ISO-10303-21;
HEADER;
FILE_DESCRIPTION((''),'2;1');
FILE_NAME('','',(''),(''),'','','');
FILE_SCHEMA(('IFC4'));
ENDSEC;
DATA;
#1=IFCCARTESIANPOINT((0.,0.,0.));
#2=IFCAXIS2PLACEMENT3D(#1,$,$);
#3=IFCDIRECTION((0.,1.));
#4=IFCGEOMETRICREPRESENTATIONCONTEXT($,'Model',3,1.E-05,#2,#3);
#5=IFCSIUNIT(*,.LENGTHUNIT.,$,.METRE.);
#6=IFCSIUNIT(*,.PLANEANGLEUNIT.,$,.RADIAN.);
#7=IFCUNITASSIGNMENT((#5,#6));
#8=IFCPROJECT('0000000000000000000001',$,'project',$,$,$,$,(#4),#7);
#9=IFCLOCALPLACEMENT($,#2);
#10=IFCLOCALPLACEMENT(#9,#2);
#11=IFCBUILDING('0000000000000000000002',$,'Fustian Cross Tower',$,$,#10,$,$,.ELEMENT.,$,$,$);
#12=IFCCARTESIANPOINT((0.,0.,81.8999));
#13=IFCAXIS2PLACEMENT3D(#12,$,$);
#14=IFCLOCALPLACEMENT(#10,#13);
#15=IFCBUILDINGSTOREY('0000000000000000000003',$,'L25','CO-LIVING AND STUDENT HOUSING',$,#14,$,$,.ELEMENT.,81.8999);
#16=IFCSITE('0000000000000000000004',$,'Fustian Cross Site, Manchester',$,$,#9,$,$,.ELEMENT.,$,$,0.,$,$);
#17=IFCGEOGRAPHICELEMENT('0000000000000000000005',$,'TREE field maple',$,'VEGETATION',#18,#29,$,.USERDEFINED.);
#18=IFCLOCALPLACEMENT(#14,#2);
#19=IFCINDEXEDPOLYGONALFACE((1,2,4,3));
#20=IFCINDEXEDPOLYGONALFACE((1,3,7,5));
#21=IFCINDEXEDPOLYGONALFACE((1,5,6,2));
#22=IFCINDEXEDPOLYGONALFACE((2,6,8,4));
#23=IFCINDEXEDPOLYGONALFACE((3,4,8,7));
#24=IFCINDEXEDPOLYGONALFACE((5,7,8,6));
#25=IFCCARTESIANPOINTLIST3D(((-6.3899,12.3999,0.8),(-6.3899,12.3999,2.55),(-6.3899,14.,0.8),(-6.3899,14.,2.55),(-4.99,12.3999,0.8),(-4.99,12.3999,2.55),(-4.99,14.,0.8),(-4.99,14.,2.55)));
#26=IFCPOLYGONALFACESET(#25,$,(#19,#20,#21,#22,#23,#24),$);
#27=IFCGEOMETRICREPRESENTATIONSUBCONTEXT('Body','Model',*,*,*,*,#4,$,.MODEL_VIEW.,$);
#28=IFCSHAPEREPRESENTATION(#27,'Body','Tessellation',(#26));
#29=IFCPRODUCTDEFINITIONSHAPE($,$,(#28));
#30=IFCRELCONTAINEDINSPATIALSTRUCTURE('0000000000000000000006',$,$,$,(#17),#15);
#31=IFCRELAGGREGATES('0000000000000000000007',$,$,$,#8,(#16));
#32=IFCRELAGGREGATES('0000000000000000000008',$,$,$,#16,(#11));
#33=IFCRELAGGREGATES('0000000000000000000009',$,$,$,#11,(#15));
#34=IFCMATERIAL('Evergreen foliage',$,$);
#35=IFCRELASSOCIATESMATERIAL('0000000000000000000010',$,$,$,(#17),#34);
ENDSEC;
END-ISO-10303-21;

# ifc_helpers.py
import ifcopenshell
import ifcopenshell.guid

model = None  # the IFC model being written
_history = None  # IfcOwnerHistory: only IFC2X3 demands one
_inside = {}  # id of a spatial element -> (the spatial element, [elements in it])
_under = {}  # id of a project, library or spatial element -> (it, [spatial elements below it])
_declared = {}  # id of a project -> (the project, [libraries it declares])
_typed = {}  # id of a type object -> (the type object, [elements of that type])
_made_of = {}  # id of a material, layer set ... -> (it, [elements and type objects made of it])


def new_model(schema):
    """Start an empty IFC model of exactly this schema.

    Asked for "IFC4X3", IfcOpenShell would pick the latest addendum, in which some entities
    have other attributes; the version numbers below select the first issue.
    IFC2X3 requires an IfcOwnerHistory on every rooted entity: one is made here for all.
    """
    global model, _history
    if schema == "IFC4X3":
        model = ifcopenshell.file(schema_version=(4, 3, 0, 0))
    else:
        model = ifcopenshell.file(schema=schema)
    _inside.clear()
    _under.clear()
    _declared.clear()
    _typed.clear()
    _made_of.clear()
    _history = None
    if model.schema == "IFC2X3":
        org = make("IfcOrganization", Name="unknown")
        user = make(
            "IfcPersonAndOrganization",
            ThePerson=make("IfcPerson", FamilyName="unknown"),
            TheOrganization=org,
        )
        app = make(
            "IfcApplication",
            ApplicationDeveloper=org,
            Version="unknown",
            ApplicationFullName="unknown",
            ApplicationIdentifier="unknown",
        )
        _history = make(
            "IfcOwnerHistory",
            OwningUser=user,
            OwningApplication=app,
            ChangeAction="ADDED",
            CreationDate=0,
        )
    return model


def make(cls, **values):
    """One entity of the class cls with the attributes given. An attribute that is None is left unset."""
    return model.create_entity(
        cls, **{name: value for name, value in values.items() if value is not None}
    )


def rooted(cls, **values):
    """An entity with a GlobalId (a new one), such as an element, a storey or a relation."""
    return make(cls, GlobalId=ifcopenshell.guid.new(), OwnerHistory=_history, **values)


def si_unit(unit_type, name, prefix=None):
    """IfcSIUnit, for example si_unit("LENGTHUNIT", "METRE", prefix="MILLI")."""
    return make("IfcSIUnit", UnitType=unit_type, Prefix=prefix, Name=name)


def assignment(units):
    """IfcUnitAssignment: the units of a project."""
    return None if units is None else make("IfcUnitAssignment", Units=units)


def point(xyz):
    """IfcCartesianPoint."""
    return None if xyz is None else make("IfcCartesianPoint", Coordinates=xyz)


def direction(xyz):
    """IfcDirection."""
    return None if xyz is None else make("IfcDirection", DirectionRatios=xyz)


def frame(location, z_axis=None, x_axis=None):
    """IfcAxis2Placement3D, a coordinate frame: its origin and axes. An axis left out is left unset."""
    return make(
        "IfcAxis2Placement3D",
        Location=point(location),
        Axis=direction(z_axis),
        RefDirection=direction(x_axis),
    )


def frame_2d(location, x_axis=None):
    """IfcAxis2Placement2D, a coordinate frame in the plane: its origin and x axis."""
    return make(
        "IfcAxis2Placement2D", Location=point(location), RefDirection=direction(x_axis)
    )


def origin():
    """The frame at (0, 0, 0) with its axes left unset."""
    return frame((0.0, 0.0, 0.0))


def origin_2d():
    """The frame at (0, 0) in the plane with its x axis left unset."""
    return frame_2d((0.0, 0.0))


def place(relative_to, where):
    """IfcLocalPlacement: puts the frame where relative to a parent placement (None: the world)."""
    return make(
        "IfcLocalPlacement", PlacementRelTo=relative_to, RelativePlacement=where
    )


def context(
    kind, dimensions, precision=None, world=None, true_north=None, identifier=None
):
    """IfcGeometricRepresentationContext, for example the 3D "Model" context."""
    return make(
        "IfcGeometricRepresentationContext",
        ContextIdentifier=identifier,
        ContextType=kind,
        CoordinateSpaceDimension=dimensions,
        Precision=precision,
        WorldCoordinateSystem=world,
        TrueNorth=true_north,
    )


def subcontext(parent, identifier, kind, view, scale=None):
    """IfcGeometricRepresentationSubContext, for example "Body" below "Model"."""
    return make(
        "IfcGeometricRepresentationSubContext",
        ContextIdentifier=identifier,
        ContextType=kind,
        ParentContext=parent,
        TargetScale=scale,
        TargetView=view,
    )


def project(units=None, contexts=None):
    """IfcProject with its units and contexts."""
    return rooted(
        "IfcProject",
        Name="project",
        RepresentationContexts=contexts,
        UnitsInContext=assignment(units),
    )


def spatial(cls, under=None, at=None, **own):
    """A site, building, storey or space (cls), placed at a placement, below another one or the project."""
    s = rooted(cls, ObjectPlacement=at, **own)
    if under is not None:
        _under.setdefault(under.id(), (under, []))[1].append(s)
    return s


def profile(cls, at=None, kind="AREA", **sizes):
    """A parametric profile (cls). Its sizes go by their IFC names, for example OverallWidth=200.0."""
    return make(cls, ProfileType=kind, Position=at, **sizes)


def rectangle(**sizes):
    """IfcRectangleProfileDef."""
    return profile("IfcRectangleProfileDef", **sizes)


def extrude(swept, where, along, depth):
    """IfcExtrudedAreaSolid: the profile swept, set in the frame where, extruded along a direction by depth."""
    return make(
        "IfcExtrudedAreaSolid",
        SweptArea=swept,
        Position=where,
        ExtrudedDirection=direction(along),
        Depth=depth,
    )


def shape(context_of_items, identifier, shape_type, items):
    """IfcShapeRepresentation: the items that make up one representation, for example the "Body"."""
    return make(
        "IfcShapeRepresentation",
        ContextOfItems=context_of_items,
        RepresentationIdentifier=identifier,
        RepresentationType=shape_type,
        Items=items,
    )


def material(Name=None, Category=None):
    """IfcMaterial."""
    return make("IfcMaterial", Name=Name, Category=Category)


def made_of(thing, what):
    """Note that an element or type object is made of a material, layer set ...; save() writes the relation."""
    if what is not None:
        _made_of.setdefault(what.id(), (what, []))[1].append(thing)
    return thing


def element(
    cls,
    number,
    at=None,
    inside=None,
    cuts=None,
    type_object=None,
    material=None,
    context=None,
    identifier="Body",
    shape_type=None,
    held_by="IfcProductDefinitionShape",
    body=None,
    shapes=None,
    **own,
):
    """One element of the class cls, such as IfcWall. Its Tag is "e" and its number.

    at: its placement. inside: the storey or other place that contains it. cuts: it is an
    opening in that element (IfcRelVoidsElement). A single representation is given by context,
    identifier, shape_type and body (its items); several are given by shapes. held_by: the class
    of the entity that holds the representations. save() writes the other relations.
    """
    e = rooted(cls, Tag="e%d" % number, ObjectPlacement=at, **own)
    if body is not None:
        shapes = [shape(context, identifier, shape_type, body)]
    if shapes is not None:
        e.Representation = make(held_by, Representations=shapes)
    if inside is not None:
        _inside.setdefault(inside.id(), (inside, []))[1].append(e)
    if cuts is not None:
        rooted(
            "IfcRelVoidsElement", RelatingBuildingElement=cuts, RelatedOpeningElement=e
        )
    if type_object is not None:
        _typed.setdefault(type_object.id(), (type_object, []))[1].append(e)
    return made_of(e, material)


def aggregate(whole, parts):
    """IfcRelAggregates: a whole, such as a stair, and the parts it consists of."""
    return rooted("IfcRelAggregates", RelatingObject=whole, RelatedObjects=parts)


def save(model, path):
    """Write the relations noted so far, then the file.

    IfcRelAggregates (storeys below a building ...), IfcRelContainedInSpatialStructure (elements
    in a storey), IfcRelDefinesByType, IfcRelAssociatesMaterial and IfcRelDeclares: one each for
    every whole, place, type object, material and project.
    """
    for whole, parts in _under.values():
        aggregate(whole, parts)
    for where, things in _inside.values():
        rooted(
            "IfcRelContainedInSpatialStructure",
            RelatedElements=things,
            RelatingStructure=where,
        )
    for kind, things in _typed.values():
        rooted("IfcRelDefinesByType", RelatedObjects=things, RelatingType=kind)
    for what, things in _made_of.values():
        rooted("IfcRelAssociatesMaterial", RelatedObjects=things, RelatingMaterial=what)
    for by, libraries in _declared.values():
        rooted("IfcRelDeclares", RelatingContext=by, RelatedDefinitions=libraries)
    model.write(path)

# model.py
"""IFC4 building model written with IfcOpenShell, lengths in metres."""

from ifc_helpers import new_model, si_unit, direction, frame, origin, origin_2d, place, context, subcontext, project, spatial, rectangle, extrude, material, element, save


model = new_model("IFC4")

# Units and contexts
model_context = context("Model", 3, precision=1e-05, world=origin(), true_north=direction((0.0, 1.0)))
body_context = subcontext(model_context, "Body", "Model", "MODEL_VIEW")
ifc_project = project(units=[si_unit("LENGTHUNIT", "METRE"), si_unit("PLANEANGLEUNIT", "RADIAN")], contexts=[model_context])

# Site, building, storey
site_placement = place(None, origin())
site = spatial("IfcSite", under=ifc_project, at=site_placement, Name="Fustian Cross Site, Manchester", CompositionType="ELEMENT", RefElevation=0.0)
building_placement = place(site_placement, origin())
building = spatial("IfcBuilding", under=site, at=building_placement, Name="Fustian Cross Tower", CompositionType="ELEMENT")
storey_placement = place(building_placement, frame((0.0, 0.0, 81.8999)))
storey = spatial("IfcBuildingStorey", under=building, at=storey_placement, Name="L25", Description="CO-LIVING AND STUDENT HOUSING", CompositionType="ELEMENT", Elevation=81.8999)

# Geographic element
ifc_material_1 = material(Name="Evergreen foliage")
for number, where, z_axis, x_axis, name in (
    (1, (-5.6899, 13.2, 0.8), (0.0, 0.0, 1.0), (1.0, 0.0, 0.0), "TREE field maple"),
):
    element("IfcGeographicElement", number, at=place(storey_placement, frame(where, z_axis=z_axis, x_axis=x_axis)), inside=storey, material=ifc_material_1, Name=name, ObjectType="VEGETATION", PredefinedType="USERDEFINED", context=body_context, shape_type="SweptSolid", body=[
        extrude(rectangle(XDim=1.3999, YDim=1.6001, at=origin_2d()), origin(), (0.0, 0.0, 1.0), 1.75),
    ])

save(model, "model.ifc")
